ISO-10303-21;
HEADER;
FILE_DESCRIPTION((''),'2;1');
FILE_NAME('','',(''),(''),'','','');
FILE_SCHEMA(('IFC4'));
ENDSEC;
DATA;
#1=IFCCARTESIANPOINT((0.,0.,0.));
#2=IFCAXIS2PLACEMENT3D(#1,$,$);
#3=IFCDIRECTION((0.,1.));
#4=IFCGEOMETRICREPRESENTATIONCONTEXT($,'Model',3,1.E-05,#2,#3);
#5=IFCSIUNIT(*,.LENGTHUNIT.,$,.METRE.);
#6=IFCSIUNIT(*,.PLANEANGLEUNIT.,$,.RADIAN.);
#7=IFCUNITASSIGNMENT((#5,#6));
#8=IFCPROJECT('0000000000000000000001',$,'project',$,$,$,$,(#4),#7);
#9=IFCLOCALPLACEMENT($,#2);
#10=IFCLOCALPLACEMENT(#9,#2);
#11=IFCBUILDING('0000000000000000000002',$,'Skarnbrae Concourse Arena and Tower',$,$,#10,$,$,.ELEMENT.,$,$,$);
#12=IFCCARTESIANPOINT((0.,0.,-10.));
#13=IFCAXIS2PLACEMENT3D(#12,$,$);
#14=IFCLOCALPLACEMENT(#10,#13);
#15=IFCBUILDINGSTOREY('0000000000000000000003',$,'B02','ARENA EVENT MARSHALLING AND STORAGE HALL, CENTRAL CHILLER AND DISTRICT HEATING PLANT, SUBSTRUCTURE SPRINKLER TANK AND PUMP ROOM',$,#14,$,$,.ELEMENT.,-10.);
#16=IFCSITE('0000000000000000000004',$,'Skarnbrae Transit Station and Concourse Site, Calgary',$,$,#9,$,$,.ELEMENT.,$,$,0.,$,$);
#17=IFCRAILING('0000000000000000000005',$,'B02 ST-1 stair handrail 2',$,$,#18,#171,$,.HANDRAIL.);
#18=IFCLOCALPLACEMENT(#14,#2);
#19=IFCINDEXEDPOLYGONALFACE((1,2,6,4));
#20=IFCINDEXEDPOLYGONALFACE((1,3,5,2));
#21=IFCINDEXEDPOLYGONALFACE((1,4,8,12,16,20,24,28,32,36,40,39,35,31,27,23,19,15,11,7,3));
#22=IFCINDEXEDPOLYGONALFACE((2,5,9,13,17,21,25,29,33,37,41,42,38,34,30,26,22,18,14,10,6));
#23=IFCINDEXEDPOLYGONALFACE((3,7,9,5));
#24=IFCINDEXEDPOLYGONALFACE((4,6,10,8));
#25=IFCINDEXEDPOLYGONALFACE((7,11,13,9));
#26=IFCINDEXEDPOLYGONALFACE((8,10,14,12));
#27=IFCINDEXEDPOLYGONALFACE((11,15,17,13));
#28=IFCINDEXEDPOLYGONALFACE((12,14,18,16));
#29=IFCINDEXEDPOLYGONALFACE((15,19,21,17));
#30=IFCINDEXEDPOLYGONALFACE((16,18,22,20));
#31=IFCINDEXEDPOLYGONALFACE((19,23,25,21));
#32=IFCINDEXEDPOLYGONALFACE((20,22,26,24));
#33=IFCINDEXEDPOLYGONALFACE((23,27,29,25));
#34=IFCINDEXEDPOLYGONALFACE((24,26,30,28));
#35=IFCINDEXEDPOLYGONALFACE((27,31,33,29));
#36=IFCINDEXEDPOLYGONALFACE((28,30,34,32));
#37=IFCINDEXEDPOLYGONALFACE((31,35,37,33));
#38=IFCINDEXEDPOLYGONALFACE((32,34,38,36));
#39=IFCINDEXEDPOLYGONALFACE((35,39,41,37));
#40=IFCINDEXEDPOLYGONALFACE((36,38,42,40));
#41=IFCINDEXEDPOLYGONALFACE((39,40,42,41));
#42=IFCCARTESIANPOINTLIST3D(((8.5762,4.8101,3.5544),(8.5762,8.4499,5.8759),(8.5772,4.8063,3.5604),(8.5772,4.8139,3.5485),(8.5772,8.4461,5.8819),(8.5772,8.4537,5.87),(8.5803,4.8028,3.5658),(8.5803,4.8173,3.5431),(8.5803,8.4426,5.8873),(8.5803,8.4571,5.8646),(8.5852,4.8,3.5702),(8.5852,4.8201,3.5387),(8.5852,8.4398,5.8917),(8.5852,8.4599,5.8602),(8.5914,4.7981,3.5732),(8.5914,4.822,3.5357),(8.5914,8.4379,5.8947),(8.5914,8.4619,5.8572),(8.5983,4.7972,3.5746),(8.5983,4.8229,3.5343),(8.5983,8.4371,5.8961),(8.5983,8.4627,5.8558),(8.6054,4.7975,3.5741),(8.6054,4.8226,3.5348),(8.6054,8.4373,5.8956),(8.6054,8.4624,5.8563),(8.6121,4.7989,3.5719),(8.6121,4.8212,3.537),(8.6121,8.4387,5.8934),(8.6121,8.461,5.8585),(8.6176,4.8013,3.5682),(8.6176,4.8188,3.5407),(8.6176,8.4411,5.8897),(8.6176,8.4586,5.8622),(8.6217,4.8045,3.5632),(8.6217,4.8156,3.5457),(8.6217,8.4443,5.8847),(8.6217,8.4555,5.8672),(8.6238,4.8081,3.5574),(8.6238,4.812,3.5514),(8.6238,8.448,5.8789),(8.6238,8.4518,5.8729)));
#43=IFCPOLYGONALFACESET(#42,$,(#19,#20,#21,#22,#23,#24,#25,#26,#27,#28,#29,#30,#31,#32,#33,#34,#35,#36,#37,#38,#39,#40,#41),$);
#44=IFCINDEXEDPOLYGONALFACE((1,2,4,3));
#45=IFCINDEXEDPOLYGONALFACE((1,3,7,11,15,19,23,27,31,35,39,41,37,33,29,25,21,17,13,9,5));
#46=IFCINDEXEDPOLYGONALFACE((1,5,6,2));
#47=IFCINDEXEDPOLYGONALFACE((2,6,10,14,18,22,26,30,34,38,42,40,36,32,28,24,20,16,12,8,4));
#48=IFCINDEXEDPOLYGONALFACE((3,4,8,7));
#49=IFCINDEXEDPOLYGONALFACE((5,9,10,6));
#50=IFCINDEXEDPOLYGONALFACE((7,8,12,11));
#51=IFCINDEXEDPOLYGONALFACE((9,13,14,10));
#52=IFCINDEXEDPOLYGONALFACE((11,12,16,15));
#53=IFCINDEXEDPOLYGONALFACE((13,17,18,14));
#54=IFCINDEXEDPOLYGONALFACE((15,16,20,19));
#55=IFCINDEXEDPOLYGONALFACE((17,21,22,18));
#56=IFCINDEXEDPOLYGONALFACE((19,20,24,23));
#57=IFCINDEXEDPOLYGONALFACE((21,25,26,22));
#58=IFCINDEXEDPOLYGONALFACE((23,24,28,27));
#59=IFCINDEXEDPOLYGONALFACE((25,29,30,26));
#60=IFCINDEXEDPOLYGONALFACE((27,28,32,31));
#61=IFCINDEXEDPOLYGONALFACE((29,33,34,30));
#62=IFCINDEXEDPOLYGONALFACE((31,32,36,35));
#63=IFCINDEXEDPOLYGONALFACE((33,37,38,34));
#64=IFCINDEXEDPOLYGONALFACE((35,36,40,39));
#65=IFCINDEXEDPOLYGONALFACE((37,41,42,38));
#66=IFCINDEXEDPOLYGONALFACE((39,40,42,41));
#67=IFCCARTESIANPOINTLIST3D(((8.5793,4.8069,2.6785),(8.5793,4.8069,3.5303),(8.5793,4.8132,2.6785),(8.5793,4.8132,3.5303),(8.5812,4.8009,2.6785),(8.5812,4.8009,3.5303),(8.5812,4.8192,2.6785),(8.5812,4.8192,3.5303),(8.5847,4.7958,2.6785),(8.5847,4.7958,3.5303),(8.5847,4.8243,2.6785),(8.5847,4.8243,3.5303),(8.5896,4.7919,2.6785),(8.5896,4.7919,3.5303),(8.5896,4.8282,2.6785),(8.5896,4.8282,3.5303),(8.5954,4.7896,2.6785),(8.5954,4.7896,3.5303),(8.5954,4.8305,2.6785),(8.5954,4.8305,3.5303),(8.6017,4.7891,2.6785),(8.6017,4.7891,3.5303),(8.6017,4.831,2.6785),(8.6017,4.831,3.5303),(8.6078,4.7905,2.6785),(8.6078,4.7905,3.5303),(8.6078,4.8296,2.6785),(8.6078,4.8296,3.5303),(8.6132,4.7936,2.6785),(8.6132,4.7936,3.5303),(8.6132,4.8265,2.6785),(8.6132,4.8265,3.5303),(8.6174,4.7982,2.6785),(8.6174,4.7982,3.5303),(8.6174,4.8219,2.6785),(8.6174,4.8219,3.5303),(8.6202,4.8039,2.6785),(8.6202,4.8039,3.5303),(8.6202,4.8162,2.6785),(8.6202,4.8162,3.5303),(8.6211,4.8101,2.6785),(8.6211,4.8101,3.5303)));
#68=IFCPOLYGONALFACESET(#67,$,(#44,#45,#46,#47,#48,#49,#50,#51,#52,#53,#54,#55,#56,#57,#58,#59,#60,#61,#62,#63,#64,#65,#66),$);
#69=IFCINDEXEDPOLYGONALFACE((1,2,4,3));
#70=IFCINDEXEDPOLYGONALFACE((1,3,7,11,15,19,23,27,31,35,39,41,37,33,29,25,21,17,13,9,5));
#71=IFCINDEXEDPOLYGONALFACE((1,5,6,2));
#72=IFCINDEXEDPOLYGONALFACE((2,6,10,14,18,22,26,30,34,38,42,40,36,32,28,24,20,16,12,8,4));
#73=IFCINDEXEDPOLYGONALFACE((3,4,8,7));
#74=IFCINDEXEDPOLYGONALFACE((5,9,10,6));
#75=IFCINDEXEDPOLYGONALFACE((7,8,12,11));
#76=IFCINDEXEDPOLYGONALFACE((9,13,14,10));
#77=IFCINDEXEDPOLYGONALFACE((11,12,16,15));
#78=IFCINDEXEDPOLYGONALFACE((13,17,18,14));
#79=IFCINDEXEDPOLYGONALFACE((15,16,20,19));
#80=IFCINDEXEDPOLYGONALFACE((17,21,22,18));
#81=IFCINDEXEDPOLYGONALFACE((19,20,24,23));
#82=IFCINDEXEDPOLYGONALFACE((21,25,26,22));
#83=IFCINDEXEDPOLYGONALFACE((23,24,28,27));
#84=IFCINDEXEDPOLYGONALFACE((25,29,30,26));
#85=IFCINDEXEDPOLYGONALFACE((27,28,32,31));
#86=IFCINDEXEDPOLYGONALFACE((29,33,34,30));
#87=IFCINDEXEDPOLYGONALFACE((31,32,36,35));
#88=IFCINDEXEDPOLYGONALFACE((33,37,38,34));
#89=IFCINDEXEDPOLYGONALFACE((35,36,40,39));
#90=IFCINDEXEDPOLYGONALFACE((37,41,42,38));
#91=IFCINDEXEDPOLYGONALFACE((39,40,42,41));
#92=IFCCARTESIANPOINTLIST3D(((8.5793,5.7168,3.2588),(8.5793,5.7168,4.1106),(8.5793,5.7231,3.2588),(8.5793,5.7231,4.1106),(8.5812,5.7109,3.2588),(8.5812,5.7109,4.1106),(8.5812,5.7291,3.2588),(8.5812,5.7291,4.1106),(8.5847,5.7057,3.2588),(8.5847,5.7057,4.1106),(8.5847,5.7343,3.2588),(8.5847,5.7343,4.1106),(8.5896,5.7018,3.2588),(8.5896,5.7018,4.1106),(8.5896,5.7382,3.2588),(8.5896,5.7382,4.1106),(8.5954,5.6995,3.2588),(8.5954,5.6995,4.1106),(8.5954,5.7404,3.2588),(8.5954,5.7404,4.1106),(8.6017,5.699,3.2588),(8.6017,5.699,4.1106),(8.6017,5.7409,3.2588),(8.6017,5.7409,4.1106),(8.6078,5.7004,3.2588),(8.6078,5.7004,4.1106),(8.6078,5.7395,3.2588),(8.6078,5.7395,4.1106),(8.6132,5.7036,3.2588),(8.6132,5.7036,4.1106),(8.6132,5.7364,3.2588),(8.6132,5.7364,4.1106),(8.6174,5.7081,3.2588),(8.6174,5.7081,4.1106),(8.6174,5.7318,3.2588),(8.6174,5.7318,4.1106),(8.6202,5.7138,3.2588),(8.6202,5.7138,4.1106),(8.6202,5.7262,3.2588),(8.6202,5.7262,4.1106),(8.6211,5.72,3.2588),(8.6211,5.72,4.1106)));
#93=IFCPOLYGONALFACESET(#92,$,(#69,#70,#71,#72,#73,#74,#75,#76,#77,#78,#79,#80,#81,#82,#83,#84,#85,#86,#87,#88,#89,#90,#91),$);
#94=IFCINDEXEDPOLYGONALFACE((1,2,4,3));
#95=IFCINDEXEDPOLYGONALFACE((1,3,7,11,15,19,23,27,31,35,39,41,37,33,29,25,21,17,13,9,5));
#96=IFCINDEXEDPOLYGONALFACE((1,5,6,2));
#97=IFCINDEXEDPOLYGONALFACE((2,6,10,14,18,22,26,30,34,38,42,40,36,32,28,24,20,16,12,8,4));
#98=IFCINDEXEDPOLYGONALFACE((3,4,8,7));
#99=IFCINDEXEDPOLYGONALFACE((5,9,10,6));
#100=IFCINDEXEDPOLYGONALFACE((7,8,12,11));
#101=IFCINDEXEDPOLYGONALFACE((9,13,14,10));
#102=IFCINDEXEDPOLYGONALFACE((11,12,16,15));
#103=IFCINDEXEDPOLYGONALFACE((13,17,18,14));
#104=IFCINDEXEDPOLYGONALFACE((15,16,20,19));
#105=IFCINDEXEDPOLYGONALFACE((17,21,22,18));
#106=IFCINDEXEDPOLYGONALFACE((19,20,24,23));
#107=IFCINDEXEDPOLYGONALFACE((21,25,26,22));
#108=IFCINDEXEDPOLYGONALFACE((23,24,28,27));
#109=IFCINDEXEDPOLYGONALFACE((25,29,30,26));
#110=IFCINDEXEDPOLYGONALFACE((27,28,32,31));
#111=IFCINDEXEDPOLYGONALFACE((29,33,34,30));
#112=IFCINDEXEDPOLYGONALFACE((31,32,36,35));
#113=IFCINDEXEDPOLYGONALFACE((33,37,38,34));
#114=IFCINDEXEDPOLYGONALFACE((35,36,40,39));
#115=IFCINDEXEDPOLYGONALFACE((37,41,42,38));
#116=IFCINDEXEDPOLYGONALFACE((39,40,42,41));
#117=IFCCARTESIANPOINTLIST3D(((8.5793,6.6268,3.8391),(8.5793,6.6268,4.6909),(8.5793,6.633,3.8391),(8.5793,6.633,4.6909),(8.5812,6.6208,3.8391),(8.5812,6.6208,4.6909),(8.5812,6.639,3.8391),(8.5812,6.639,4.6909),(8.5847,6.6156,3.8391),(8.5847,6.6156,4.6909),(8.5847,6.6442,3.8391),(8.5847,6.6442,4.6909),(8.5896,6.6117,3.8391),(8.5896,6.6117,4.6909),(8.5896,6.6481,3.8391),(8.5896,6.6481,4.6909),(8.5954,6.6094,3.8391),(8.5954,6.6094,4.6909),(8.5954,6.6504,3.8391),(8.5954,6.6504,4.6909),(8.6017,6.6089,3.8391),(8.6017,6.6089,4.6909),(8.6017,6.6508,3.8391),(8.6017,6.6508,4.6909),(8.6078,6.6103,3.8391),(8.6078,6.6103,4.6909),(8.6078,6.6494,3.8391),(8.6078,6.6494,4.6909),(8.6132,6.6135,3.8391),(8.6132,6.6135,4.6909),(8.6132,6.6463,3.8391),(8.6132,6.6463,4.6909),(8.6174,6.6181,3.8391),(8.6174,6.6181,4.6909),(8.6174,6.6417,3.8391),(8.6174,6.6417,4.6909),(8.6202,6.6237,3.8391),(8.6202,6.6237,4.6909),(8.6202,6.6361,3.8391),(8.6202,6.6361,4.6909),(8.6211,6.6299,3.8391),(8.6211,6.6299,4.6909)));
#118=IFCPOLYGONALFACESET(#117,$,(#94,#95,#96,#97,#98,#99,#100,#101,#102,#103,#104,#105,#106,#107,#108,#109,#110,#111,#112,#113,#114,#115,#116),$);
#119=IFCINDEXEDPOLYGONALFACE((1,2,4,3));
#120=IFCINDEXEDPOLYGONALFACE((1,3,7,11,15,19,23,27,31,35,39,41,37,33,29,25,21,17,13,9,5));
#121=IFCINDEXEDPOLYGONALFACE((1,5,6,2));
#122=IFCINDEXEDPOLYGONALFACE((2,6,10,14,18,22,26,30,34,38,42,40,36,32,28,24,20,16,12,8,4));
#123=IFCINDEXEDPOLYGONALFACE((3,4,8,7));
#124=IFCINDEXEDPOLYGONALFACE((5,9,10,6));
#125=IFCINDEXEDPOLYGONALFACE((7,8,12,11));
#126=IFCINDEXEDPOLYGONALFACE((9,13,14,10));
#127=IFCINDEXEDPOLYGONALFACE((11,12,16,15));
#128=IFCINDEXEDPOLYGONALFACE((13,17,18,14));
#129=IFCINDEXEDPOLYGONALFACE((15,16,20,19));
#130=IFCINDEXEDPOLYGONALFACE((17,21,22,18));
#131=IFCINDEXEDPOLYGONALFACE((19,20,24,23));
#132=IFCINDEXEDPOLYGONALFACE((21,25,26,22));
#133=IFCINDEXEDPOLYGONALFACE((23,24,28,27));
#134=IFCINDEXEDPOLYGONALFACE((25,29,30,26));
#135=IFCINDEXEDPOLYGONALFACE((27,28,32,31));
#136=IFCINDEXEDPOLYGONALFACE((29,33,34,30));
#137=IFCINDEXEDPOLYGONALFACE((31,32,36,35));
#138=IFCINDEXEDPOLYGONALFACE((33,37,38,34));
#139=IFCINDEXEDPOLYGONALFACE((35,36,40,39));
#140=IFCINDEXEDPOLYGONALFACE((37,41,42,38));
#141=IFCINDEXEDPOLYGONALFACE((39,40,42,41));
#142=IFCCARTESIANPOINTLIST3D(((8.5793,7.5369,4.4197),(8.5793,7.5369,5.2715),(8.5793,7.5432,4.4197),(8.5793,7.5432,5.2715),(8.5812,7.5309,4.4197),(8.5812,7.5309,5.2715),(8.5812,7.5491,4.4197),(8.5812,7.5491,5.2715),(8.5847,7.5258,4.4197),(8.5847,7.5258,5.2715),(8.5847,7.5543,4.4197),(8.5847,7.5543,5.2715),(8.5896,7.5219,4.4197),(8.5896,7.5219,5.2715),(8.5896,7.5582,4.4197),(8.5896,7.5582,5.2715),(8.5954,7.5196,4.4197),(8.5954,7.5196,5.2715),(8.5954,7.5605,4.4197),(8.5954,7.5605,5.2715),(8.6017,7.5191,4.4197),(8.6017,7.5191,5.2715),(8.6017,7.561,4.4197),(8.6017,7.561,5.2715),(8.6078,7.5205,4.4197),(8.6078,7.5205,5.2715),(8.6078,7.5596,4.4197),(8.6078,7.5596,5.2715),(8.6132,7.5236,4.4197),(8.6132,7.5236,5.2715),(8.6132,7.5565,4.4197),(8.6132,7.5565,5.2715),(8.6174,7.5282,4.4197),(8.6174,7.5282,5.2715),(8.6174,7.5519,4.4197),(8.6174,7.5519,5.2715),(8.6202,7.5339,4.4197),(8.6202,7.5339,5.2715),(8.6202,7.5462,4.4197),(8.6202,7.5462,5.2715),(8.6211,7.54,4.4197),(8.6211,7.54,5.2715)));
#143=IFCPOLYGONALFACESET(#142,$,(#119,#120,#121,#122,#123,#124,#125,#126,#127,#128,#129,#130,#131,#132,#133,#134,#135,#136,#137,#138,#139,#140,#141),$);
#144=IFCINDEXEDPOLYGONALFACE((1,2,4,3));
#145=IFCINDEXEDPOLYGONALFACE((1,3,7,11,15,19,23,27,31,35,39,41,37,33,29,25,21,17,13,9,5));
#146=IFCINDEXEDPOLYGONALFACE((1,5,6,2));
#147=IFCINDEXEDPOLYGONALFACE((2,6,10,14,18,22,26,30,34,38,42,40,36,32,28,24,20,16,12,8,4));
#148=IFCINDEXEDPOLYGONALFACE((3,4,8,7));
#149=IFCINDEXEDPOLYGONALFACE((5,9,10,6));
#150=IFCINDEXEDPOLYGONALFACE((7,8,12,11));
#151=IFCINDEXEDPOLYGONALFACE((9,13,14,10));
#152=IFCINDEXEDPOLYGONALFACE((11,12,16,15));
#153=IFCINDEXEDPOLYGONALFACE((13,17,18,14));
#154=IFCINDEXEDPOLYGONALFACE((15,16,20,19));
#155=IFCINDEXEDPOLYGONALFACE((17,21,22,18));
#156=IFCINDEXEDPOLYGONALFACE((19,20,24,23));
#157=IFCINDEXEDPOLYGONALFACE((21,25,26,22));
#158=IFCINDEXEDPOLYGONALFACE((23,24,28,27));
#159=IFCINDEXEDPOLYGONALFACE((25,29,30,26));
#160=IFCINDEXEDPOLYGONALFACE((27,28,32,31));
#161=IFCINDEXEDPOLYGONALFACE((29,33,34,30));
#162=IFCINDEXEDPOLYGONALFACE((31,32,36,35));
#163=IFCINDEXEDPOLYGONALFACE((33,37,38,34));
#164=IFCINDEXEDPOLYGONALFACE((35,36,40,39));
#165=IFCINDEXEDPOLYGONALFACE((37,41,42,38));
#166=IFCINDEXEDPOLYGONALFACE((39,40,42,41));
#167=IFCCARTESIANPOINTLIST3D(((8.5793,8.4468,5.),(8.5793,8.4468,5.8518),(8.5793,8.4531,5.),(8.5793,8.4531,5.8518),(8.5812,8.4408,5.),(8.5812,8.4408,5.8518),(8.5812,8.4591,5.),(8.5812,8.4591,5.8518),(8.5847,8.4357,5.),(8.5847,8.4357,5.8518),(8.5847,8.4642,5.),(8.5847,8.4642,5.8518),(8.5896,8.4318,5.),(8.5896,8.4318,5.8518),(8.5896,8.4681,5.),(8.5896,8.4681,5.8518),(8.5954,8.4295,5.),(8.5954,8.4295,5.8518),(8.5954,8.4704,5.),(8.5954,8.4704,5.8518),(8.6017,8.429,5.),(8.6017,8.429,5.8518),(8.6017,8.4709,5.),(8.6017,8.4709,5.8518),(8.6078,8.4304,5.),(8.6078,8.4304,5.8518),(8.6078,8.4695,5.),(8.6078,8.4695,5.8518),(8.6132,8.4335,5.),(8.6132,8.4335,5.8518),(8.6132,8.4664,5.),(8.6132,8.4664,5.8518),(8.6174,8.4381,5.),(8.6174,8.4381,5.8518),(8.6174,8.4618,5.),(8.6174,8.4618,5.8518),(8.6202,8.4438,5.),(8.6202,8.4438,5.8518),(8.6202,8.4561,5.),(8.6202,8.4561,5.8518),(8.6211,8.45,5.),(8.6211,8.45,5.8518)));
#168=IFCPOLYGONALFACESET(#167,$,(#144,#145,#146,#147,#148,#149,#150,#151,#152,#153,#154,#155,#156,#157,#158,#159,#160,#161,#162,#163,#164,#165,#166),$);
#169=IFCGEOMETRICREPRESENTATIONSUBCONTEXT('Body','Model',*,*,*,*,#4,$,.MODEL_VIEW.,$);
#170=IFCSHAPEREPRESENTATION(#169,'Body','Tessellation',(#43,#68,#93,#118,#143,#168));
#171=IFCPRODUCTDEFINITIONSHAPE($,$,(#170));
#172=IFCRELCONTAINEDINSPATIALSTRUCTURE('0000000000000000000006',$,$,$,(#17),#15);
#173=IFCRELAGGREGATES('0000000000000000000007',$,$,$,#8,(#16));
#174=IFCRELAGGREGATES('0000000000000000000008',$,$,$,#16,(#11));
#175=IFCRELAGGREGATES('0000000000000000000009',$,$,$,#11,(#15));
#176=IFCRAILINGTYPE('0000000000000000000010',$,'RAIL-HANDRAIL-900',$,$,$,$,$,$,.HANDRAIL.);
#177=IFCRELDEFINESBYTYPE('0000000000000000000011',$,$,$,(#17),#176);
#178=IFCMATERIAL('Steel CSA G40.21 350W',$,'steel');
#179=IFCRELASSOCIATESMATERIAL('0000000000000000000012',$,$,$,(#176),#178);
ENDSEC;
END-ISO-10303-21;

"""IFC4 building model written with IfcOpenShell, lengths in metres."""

from ifc_helpers import new_model, si_unit, direction, frame, origin, origin_2d, place, context, subcontext, project, spatial, circle, extrude, material, type_object, element, save


model = new_model("IFC4")

# Units and contexts
model_context = context("Model", 3, precision=1e-05, world=origin(), true_north=direction((0.0, 1.0)))
body_context = subcontext(model_context, "Body", "Model", "MODEL_VIEW")
ifc_project = project(units=[si_unit("LENGTHUNIT", "METRE"), si_unit("PLANEANGLEUNIT", "RADIAN")], contexts=[model_context])

# Site, building, storey
site_placement = place(None, origin())
site = spatial("IfcSite", under=ifc_project, at=site_placement, Name="Skarnbrae Transit Station and Concourse Site, Calgary", CompositionType="ELEMENT", RefElevation=0.0)
building_placement = place(site_placement, origin())
building = spatial("IfcBuilding", under=site, at=building_placement, Name="Skarnbrae Concourse Arena and Tower", CompositionType="ELEMENT")
storey_placement = place(building_placement, frame((0.0, 0.0, -10.0)))
storey = spatial("IfcBuildingStorey", under=building, at=storey_placement, Name="B02", Description="ARENA EVENT MARSHALLING AND STORAGE HALL, CENTRAL CHILLER AND DISTRICT HEATING PLANT, SUBSTRUCTURE SPRINKLER TANK AND PUMP ROOM", CompositionType="ELEMENT", Elevation=-10.0)

# Shared definitions
ifc_material_1 = material(Name="Steel CSA G40.21 350W", Category="steel")

# Railing
railing_type_1 = type_object("IfcRailingType", Name="RAIL-HANDRAIL-900", PredefinedType="HANDRAIL", material=ifc_material_1)
railing_1_placement = place(storey_placement, frame((8.6001, 4.8101, 2.6785)))
element("IfcRailing", 1, at=railing_1_placement, inside=storey, type_object=railing_type_1, Name="B02 ST-1 stair handrail 2", PredefinedType="HANDRAIL", context=body_context, shape_type="SweptSolid", body=[
    extrude(circle(Radius=0.0239, at=origin_2d()), frame((0.0, 0.0, 0.876), z_axis=(0.0, 0.843112, 0.537739), x_axis=(-1.0, 0.0, 0.0)), (0.0, 0.0, 1.0), 4.3171),
    extrude(circle(Radius=0.021, at=origin_2d()), origin(), (0.0, 0.0, 1.0), 0.8518),
    extrude(circle(Radius=0.021, at=origin_2d()), frame((0.0, 0.9099, 0.5803)), (0.0, 0.0, 1.0), 0.8518),
    extrude(circle(Radius=0.021, at=origin_2d()), frame((0.0, 1.8198, 1.1606)), (0.0, 0.0, 1.0), 0.8518),
    extrude(circle(Radius=0.021, at=origin_2d()), frame((0.0, 2.73, 1.7412)), (0.0, 0.0, 1.0), 0.8518),
    extrude(circle(Radius=0.021, at=origin_2d()), frame((0.0, 3.6399, 2.3215)), (0.0, 0.0, 1.0), 0.8518),
])

save(model, "model.ifc")
